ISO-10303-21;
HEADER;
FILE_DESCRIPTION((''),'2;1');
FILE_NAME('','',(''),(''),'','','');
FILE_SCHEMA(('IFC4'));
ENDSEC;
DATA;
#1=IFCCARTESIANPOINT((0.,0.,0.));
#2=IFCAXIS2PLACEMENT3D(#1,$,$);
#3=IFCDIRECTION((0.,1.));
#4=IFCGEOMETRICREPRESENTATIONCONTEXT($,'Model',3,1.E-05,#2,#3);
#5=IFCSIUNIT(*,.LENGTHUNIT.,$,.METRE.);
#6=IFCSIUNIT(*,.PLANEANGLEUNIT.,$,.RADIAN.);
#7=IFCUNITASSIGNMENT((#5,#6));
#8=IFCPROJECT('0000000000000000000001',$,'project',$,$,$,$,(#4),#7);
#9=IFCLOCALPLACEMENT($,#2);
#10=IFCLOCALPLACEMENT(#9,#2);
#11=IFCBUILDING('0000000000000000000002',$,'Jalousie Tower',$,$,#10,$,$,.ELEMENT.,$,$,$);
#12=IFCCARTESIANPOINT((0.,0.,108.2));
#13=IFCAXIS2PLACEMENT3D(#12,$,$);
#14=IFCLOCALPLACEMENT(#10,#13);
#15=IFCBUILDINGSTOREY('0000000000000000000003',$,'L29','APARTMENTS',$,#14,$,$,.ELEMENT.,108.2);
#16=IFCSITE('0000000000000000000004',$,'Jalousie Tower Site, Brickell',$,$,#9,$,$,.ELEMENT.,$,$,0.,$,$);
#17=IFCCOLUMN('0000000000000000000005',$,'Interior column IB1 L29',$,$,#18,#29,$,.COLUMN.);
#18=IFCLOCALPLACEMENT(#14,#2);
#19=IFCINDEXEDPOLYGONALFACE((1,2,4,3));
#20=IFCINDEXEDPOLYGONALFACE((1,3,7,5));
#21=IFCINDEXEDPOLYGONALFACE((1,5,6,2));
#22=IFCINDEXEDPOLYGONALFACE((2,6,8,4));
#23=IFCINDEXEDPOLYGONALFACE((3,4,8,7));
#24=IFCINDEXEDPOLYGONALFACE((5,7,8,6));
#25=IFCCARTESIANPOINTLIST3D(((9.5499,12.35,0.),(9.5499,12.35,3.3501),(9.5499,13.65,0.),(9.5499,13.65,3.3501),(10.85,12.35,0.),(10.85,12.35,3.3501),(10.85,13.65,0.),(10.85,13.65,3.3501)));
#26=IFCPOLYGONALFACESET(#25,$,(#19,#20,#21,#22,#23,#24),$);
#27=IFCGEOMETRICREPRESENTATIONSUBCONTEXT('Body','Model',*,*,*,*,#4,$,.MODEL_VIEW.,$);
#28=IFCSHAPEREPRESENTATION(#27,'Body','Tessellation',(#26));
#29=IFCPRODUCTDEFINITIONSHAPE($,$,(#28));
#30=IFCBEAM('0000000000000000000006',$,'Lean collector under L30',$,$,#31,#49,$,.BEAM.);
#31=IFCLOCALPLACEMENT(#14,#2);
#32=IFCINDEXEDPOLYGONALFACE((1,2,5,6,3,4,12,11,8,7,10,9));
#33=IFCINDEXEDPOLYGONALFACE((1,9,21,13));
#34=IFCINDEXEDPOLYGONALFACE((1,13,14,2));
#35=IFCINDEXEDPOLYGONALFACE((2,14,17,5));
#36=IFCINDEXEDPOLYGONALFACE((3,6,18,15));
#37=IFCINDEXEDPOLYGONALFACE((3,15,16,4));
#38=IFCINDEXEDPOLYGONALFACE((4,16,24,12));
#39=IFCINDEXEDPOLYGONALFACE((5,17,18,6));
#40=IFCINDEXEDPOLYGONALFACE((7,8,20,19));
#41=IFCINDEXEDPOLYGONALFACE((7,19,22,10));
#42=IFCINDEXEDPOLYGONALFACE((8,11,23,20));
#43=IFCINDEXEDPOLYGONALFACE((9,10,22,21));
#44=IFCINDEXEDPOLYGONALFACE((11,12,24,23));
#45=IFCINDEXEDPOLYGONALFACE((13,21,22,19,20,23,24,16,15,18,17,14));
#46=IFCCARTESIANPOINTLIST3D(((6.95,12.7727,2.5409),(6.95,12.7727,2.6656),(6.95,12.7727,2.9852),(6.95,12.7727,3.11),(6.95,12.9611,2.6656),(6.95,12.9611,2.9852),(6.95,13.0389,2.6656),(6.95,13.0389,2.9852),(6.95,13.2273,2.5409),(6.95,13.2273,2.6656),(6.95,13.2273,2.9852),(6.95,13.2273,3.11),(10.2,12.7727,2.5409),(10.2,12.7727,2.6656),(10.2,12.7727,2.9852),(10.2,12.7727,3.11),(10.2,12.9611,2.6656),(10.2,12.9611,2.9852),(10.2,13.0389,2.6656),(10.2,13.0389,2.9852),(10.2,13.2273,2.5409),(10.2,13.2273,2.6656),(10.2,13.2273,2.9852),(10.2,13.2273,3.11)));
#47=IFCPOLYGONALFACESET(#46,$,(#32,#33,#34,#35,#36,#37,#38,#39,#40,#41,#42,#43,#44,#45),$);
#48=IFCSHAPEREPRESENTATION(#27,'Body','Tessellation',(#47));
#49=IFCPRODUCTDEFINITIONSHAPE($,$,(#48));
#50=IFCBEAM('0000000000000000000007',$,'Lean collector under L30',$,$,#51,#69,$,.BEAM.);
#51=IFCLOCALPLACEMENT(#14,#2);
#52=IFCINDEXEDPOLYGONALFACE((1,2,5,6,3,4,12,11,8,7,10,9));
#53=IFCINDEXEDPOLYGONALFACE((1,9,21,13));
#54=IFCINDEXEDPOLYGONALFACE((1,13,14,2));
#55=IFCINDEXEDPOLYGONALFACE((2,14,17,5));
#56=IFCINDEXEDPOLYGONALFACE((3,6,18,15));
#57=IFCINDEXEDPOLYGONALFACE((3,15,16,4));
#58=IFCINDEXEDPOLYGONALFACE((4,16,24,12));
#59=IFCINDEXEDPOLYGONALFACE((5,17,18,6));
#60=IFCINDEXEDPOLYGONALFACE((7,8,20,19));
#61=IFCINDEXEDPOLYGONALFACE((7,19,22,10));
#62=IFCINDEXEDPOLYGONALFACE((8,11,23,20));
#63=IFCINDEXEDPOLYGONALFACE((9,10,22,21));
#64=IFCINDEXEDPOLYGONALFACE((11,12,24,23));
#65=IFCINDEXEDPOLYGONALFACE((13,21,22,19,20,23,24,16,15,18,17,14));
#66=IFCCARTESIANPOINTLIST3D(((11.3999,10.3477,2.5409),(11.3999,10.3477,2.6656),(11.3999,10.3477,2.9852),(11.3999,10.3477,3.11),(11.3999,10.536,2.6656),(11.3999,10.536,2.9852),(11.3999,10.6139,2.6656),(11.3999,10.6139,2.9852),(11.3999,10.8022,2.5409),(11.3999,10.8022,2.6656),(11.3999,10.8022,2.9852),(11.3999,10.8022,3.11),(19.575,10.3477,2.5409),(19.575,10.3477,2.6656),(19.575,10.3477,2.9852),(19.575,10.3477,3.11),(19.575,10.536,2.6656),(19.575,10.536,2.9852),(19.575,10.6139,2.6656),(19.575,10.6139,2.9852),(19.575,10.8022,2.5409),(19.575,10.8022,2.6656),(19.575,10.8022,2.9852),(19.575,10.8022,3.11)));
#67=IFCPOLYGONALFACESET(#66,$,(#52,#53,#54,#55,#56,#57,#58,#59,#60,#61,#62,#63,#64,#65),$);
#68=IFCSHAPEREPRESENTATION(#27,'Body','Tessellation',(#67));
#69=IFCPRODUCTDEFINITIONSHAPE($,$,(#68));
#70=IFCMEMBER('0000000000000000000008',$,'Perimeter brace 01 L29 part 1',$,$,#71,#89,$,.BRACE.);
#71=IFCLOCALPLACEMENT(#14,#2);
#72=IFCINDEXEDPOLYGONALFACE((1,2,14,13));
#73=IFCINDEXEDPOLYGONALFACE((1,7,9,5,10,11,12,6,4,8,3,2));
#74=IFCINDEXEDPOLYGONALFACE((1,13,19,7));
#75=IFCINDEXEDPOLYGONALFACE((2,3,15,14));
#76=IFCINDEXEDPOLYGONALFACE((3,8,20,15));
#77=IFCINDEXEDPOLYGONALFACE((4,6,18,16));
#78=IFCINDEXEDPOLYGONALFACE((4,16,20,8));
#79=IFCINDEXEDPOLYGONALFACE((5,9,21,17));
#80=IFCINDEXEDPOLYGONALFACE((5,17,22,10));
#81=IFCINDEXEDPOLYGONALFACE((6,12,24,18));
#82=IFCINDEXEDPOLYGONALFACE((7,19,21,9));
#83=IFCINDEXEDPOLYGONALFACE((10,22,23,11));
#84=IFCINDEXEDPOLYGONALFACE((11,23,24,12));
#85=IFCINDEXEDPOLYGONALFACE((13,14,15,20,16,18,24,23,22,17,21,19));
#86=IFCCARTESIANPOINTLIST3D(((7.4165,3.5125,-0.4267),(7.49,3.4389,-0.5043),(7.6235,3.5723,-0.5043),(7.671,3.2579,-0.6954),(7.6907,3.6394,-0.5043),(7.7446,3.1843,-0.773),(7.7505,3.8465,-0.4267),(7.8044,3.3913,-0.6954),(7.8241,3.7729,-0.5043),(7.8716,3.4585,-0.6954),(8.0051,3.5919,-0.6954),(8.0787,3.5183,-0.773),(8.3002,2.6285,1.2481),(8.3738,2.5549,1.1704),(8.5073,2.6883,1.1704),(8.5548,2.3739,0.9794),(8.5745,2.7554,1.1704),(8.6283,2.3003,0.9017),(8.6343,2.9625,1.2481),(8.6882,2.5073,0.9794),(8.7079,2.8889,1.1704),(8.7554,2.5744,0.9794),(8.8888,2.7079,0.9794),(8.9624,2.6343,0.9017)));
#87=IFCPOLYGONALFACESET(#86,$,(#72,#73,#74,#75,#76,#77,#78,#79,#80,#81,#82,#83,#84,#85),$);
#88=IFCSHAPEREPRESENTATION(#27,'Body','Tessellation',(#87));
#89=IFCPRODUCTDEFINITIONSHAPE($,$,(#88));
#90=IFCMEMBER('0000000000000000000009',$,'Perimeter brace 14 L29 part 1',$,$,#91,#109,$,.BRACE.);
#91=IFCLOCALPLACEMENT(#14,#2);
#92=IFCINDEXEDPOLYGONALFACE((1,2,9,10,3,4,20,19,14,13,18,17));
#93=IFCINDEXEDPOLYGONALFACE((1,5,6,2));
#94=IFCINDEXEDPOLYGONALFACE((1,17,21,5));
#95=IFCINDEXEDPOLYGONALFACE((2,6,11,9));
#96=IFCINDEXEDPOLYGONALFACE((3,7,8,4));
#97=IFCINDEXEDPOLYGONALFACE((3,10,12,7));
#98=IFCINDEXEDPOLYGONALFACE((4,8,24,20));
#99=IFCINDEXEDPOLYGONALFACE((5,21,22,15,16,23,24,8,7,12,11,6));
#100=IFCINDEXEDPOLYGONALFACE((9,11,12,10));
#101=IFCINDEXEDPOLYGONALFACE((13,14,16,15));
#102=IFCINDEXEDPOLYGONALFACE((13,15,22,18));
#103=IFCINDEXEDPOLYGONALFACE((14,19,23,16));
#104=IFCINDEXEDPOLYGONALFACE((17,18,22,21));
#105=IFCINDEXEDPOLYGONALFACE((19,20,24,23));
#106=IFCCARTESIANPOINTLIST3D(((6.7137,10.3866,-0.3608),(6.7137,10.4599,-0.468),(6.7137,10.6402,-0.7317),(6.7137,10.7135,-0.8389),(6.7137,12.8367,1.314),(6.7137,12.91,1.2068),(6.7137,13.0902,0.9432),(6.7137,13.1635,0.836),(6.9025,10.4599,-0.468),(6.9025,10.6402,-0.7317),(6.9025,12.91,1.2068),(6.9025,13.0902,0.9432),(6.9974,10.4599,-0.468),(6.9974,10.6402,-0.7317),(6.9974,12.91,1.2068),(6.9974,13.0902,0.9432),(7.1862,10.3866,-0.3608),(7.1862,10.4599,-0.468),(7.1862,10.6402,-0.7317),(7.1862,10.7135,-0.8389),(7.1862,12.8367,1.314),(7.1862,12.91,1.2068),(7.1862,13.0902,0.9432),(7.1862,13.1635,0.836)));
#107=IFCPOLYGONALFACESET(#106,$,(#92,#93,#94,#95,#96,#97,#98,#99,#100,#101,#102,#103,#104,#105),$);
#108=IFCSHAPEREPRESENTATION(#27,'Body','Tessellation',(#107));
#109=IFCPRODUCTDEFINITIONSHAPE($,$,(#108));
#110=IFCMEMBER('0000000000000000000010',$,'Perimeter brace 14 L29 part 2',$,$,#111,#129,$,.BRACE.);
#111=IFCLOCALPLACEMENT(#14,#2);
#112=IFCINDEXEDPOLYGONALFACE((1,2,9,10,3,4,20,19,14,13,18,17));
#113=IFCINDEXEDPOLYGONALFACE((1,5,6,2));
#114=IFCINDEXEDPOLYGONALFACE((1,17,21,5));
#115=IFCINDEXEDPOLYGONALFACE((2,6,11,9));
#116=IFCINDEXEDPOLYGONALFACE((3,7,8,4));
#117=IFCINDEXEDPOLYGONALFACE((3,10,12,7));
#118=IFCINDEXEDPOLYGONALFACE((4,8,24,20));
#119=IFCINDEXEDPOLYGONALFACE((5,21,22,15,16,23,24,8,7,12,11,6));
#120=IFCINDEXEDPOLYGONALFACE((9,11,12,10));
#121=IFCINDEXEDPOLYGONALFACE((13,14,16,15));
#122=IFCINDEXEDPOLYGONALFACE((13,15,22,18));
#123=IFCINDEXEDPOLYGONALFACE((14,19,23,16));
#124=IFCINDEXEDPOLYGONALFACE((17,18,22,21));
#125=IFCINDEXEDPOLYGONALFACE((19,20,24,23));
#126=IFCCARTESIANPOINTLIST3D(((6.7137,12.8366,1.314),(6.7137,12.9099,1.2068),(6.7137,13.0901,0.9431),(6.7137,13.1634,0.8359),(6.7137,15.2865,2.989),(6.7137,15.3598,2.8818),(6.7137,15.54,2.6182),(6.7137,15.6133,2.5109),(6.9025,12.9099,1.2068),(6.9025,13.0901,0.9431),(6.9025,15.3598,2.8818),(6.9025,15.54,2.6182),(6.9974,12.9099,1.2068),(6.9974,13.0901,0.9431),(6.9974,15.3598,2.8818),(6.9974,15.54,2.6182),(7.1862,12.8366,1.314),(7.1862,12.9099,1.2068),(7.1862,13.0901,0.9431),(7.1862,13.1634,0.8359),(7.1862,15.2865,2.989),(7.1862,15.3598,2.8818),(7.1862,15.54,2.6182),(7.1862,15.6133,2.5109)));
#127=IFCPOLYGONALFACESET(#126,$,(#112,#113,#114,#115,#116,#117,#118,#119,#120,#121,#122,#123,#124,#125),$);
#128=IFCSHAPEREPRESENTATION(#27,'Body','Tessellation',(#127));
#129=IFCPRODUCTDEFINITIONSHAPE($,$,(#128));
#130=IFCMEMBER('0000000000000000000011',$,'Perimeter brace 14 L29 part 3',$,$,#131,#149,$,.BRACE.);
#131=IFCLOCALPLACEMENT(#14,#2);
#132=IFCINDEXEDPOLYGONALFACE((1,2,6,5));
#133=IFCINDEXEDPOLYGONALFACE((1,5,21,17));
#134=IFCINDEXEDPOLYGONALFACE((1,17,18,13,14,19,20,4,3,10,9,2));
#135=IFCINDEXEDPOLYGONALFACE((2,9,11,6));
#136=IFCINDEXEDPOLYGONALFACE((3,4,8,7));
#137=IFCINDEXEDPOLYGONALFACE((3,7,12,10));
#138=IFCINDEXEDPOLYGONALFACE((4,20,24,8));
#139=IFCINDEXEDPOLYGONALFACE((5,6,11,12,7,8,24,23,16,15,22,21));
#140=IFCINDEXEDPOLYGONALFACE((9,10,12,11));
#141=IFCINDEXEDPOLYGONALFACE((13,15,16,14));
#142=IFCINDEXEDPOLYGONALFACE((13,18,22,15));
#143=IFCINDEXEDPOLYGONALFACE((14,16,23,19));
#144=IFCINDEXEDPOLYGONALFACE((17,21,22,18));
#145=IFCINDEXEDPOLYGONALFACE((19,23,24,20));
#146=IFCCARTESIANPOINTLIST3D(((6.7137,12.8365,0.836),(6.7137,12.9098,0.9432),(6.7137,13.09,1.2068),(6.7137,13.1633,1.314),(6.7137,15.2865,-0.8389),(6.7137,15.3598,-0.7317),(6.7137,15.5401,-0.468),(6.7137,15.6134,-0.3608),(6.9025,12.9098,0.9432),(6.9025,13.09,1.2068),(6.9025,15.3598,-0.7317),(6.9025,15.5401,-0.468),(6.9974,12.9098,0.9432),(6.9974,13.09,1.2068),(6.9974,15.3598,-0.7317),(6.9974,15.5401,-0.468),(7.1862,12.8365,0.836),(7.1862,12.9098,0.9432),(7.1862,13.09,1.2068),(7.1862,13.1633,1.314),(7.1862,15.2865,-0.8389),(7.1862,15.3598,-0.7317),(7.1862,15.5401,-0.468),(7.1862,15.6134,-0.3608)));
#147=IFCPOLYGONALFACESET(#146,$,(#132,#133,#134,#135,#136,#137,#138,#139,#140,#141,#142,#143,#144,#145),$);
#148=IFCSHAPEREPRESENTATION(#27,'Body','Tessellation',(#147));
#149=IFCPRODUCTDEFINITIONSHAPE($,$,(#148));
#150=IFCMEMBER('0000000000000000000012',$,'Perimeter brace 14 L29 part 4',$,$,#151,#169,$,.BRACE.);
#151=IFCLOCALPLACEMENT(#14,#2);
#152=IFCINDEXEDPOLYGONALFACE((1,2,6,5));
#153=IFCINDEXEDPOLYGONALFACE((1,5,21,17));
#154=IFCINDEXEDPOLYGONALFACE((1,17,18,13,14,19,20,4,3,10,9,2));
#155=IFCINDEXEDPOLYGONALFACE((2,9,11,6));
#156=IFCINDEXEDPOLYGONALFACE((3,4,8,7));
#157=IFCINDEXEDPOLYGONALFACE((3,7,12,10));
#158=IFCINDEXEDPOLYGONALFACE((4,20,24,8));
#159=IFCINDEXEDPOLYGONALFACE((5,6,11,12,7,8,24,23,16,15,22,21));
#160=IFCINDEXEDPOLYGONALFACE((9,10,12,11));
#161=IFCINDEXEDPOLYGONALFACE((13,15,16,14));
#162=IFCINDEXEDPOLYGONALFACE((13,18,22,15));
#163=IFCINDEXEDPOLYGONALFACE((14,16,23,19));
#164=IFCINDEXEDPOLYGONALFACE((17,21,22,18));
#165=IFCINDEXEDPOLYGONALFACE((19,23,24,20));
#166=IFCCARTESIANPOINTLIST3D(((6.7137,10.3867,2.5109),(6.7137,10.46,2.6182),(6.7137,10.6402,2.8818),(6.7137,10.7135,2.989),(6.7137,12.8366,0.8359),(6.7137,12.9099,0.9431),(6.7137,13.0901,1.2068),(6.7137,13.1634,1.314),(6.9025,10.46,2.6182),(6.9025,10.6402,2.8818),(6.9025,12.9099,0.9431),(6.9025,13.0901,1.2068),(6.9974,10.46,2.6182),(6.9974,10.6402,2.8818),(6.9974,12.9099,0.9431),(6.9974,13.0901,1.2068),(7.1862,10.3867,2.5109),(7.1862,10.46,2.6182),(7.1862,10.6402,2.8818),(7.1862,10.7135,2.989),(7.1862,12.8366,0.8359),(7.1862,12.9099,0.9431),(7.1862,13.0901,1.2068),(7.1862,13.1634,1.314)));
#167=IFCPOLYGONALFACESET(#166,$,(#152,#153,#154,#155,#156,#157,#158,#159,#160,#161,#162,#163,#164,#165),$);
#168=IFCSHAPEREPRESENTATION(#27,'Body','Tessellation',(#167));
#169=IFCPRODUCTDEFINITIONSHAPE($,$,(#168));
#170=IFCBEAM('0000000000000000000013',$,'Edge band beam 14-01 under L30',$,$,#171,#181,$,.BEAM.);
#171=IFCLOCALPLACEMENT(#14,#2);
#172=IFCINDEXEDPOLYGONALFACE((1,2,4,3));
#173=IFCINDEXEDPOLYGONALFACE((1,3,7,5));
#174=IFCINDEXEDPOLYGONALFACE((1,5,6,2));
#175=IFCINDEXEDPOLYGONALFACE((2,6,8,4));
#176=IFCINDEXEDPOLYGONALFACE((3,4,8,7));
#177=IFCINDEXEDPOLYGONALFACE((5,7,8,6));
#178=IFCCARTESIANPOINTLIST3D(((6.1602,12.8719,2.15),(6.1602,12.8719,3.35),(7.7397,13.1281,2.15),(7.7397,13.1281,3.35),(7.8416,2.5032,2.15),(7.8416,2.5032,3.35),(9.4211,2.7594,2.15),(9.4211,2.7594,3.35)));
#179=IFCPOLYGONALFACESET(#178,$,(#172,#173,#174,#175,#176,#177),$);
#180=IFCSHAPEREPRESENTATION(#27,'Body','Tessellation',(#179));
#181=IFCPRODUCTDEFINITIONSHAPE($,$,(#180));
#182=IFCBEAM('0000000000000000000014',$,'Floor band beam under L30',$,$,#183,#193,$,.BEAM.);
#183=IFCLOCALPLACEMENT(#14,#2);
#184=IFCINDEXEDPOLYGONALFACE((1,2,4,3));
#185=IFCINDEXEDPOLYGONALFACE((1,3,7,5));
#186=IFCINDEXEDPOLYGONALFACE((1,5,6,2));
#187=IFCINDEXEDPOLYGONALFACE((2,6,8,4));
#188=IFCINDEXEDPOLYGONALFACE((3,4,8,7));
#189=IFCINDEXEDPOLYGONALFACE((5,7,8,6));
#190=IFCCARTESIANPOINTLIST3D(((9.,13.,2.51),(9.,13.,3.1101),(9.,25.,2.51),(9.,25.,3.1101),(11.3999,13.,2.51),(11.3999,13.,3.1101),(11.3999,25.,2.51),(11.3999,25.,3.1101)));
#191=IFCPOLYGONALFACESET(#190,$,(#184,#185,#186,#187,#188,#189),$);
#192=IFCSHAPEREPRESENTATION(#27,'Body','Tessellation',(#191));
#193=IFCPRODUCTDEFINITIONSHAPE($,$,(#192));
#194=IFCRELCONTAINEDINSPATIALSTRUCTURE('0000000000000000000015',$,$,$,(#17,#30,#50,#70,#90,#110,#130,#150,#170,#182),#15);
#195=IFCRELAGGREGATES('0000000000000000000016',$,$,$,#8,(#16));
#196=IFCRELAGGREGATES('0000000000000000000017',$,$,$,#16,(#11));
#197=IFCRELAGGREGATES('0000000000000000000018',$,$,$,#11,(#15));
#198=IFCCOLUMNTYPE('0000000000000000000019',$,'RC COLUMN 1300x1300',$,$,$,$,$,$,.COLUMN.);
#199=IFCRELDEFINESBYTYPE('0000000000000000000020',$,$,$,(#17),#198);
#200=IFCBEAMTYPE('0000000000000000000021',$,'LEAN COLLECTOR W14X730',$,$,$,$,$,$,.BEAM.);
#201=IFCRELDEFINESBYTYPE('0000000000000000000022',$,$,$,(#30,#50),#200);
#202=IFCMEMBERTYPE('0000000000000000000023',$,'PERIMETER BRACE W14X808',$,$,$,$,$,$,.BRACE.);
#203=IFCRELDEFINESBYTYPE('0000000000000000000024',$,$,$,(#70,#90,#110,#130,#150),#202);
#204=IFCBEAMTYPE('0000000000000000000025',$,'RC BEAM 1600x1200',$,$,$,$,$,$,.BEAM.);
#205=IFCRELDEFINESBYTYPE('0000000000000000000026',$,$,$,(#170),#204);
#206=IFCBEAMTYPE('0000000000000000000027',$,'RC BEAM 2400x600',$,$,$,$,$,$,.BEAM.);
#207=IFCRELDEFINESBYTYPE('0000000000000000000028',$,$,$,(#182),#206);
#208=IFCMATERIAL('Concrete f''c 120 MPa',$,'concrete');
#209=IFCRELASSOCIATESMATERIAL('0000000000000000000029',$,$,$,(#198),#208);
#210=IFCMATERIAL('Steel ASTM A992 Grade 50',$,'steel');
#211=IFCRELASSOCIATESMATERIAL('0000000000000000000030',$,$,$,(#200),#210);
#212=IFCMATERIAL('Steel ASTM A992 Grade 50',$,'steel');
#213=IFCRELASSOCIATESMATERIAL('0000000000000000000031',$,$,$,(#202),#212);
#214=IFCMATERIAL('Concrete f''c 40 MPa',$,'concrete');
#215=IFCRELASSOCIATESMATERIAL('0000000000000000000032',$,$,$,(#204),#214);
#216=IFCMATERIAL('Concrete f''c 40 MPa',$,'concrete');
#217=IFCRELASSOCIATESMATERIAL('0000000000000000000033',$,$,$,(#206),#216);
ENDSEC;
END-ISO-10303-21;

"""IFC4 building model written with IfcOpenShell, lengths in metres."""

from ifc_helpers import new_model, si_unit, direction, frame, origin, origin_2d, place, context, subcontext, project, spatial, rectangle, i_section, extrude, material, material_profile, profile_set, type_object, element, save


model = new_model("IFC4")

# Units and contexts
model_context = context("Model", 3, precision=1e-05, world=origin(), true_north=direction((0.0, 1.0)))
body_context = subcontext(model_context, "Body", "Model", "MODEL_VIEW")
ifc_project = project(units=[si_unit("LENGTHUNIT", "METRE"), si_unit("PLANEANGLEUNIT", "RADIAN")], contexts=[model_context])

# Site, building, storey
site_placement = place(None, origin())
site = spatial("IfcSite", under=ifc_project, at=site_placement, Name="Jalousie Tower Site, Brickell", CompositionType="ELEMENT", RefElevation=0.0)
building_placement = place(site_placement, origin())
building = spatial("IfcBuilding", under=site, at=building_placement, Name="Jalousie Tower", CompositionType="ELEMENT")
storey_placement = place(building_placement, frame((0.0, 0.0, 108.2)))
storey = spatial("IfcBuildingStorey", under=building, at=storey_placement, Name="L29", Description="APARTMENTS", CompositionType="ELEMENT", Elevation=108.2)

# Column
ifc_material_1 = material(Name="Concrete f'c 120 MPa", Category="concrete")
ifc_material_profile_1 = material_profile(ifc_material_1, rectangle(XDim=1.3, YDim=1.3, at=origin_2d()), Name="RC 1300x1300")
ifc_profile_set_1 = profile_set([ifc_material_profile_1], Name="Concrete f'c 120 MPa")
column_type = type_object("IfcColumnType", Name="RC COLUMN 1300x1300", PredefinedType="COLUMN", material=ifc_profile_set_1)
column_placement = place(storey_placement, frame((10.2, 13.0, 0.0), z_axis=(0.0, 0.0, 1.0), x_axis=(1.0, 0.0, 0.0)))
element("IfcColumn", 1, at=column_placement, inside=storey, type_object=column_type, Name="Interior column IB1 L29", PredefinedType="COLUMN", context=body_context, shape_type="SweptSolid", body=[
    extrude(rectangle(XDim=1.3, YDim=1.3, at=origin_2d()), origin(), (0.0, 0.0, 1.0), 3.3501),
])

# Beams
ifc_material_2 = material(Name="Steel ASTM A992 Grade 50", Category="steel")
ifc_material_profile_2 = material_profile(ifc_material_2, i_section(OverallWidth=0.4546, OverallDepth=0.5691, WebThickness=0.0779, FlangeThickness=0.1248, at=origin_2d()), Name="W14X730")
ifc_profile_set_2 = profile_set([ifc_material_profile_2], Name="Steel ASTM A992 Grade 50")
beam_type_1 = type_object("IfcBeamType", Name="LEAN COLLECTOR W14X730", PredefinedType="BEAM", material=ifc_profile_set_2)
beam_1_placement = place(storey_placement, frame((6.95, 13.0, 2.8254), z_axis=(1.0, 0.0, 0.0), x_axis=(0.0, 1.0, 0.0)))
element("IfcBeam", 2, at=beam_1_placement, inside=storey, type_object=beam_type_1, Name="Lean collector under L30", PredefinedType="BEAM", context=body_context, shape_type="SweptSolid", body=[
    extrude(i_section(OverallWidth=0.4546, OverallDepth=0.5691, WebThickness=0.0779, FlangeThickness=0.1248, at=origin_2d()), origin(), (0.0, 0.0, 1.0), 3.25),
])
beam_2_placement = place(storey_placement, frame((11.3999, 10.575, 2.8254), z_axis=(1.0, 0.0, 0.0), x_axis=(0.0, 1.0, 0.0)))
element("IfcBeam", 3, at=beam_2_placement, inside=storey, type_object=beam_type_1, Name="Lean collector under L30", PredefinedType="BEAM", context=body_context, shape_type="SweptSolid", body=[
    extrude(i_section(OverallWidth=0.4546, OverallDepth=0.5691, WebThickness=0.0779, FlangeThickness=0.1248, at=origin_2d()), origin(), (0.0, 0.0, 1.0), 8.175),
])

# Members
ifc_material_3 = material(Name="Steel ASTM A992 Grade 50", Category="steel")
ifc_material_profile_3 = material_profile(ifc_material_3, i_section(OverallWidth=0.4724, OverallDepth=0.5791, WebThickness=0.095, FlangeThickness=0.1299, at=origin_2d()), Name="W14X808")
ifc_profile_set_3 = profile_set([ifc_material_profile_3], Name="Steel ASTM A992 Grade 50")
member_type_1 = type_object("IfcMemberType", Name="PERIMETER BRACE W14X808", PredefinedType="BRACE", material=ifc_profile_set_3)
member_1_placement = place(storey_placement, frame((7.7476, 3.5154, -0.5999), z_axis=(0.422891, -0.423008, 0.801391), x_axis=(0.707204, 0.707009, 0.0)))
element("IfcMember", 4, at=member_1_placement, inside=storey, type_object=member_type_1, Name="Perimeter brace 01 L29 part 1", PredefinedType="BRACE", context=body_context, shape_type="SweptSolid", body=[
    extrude(i_section(OverallWidth=0.4724, OverallDepth=0.5791, WebThickness=0.095, FlangeThickness=0.1299, at=origin_2d()), origin(), (0.0, 0.0, 1.0), 2.0898),
])
for number, where, z_axis, x_axis, name in (
    (5, (6.95, 10.55, -0.5999), (0.0, 0.825539, 0.564345), (-1.0, 0.0, 0.0), "Perimeter brace 14 L29 part 1"),
    (6, (6.95, 13.0, 1.075), (0.0, 0.825501, 0.564401), (-1.0, 0.0, 0.0), "Perimeter brace 14 L29 part 2"),
    (7, (6.95, 15.45, -0.5999), (0.0, -0.825539, 0.564345), (1.0, 0.0, 0.0), "Perimeter brace 14 L29 part 3"),
    (8, (6.95, 13.0, 1.075), (0.0, -0.825501, 0.564401), (1.0, 0.0, 0.0), "Perimeter brace 14 L29 part 4"),
):
    element("IfcMember", number, at=place(storey_placement, frame(where, z_axis=z_axis, x_axis=x_axis)), inside=storey, type_object=member_type_1, Name=name, PredefinedType="BRACE", context=body_context, shape_type="SweptSolid", body=[
        extrude(i_section(OverallWidth=0.4724, OverallDepth=0.5791, WebThickness=0.095, FlangeThickness=0.1299, at=origin_2d()), origin(), (0.0, 0.0, 1.0), 2.9678),
    ])

# Beams
ifc_material_4 = material(Name="Concrete f'c 40 MPa", Category="concrete")
ifc_material_profile_4 = material_profile(ifc_material_4, rectangle(XDim=1.6001, YDim=1.2, at=origin_2d()), Name="RC 1600x1200")
ifc_profile_set_4 = profile_set([ifc_material_profile_4], Name="Concrete f'c 40 MPa")
beam_type_2 = type_object("IfcBeamType", Name="RC BEAM 1600x1200", PredefinedType="BEAM", material=ifc_profile_set_4)
beam_3_placement = place(storey_placement, frame((6.95, 13.0, 2.75), z_axis=(0.160071, -0.987106, 0.0), x_axis=(0.987106, 0.160071, 0.0)))
element("IfcBeam", 9, at=beam_3_placement, inside=storey, type_object=beam_type_2, Name="Edge band beam 14-01 under L30", PredefinedType="BEAM", context=body_context, shape_type="SweptSolid", body=[
    extrude(rectangle(XDim=1.6001, YDim=1.2, at=origin_2d()), origin(), (0.0, 0.0, 1.0), 10.5042),
])
ifc_material_5 = material(Name="Concrete f'c 40 MPa", Category="concrete")
ifc_material_profile_5 = material_profile(ifc_material_5, rectangle(XDim=2.3999, YDim=0.6001, at=origin_2d()), Name="RC 2400x600")
ifc_profile_set_5 = profile_set([ifc_material_profile_5], Name="Concrete f'c 40 MPa")
beam_type_3 = type_object("IfcBeamType", Name="RC BEAM 2400x600", PredefinedType="BEAM", material=ifc_profile_set_5)
beam_4_placement = place(storey_placement, frame((10.2, 13.0, 2.8101), z_axis=(0.0, 1.0, 0.0), x_axis=(-1.0, 0.0, 0.0)))
element("IfcBeam", 10, at=beam_4_placement, inside=storey, type_object=beam_type_3, Name="Floor band beam under L30", PredefinedType="BEAM", context=body_context, shape_type="SweptSolid", body=[
    extrude(rectangle(XDim=2.3999, YDim=0.6001, at=origin_2d()), origin(), (0.0, 0.0, 1.0), 12.0),
])

save(model, "model.ifc")
